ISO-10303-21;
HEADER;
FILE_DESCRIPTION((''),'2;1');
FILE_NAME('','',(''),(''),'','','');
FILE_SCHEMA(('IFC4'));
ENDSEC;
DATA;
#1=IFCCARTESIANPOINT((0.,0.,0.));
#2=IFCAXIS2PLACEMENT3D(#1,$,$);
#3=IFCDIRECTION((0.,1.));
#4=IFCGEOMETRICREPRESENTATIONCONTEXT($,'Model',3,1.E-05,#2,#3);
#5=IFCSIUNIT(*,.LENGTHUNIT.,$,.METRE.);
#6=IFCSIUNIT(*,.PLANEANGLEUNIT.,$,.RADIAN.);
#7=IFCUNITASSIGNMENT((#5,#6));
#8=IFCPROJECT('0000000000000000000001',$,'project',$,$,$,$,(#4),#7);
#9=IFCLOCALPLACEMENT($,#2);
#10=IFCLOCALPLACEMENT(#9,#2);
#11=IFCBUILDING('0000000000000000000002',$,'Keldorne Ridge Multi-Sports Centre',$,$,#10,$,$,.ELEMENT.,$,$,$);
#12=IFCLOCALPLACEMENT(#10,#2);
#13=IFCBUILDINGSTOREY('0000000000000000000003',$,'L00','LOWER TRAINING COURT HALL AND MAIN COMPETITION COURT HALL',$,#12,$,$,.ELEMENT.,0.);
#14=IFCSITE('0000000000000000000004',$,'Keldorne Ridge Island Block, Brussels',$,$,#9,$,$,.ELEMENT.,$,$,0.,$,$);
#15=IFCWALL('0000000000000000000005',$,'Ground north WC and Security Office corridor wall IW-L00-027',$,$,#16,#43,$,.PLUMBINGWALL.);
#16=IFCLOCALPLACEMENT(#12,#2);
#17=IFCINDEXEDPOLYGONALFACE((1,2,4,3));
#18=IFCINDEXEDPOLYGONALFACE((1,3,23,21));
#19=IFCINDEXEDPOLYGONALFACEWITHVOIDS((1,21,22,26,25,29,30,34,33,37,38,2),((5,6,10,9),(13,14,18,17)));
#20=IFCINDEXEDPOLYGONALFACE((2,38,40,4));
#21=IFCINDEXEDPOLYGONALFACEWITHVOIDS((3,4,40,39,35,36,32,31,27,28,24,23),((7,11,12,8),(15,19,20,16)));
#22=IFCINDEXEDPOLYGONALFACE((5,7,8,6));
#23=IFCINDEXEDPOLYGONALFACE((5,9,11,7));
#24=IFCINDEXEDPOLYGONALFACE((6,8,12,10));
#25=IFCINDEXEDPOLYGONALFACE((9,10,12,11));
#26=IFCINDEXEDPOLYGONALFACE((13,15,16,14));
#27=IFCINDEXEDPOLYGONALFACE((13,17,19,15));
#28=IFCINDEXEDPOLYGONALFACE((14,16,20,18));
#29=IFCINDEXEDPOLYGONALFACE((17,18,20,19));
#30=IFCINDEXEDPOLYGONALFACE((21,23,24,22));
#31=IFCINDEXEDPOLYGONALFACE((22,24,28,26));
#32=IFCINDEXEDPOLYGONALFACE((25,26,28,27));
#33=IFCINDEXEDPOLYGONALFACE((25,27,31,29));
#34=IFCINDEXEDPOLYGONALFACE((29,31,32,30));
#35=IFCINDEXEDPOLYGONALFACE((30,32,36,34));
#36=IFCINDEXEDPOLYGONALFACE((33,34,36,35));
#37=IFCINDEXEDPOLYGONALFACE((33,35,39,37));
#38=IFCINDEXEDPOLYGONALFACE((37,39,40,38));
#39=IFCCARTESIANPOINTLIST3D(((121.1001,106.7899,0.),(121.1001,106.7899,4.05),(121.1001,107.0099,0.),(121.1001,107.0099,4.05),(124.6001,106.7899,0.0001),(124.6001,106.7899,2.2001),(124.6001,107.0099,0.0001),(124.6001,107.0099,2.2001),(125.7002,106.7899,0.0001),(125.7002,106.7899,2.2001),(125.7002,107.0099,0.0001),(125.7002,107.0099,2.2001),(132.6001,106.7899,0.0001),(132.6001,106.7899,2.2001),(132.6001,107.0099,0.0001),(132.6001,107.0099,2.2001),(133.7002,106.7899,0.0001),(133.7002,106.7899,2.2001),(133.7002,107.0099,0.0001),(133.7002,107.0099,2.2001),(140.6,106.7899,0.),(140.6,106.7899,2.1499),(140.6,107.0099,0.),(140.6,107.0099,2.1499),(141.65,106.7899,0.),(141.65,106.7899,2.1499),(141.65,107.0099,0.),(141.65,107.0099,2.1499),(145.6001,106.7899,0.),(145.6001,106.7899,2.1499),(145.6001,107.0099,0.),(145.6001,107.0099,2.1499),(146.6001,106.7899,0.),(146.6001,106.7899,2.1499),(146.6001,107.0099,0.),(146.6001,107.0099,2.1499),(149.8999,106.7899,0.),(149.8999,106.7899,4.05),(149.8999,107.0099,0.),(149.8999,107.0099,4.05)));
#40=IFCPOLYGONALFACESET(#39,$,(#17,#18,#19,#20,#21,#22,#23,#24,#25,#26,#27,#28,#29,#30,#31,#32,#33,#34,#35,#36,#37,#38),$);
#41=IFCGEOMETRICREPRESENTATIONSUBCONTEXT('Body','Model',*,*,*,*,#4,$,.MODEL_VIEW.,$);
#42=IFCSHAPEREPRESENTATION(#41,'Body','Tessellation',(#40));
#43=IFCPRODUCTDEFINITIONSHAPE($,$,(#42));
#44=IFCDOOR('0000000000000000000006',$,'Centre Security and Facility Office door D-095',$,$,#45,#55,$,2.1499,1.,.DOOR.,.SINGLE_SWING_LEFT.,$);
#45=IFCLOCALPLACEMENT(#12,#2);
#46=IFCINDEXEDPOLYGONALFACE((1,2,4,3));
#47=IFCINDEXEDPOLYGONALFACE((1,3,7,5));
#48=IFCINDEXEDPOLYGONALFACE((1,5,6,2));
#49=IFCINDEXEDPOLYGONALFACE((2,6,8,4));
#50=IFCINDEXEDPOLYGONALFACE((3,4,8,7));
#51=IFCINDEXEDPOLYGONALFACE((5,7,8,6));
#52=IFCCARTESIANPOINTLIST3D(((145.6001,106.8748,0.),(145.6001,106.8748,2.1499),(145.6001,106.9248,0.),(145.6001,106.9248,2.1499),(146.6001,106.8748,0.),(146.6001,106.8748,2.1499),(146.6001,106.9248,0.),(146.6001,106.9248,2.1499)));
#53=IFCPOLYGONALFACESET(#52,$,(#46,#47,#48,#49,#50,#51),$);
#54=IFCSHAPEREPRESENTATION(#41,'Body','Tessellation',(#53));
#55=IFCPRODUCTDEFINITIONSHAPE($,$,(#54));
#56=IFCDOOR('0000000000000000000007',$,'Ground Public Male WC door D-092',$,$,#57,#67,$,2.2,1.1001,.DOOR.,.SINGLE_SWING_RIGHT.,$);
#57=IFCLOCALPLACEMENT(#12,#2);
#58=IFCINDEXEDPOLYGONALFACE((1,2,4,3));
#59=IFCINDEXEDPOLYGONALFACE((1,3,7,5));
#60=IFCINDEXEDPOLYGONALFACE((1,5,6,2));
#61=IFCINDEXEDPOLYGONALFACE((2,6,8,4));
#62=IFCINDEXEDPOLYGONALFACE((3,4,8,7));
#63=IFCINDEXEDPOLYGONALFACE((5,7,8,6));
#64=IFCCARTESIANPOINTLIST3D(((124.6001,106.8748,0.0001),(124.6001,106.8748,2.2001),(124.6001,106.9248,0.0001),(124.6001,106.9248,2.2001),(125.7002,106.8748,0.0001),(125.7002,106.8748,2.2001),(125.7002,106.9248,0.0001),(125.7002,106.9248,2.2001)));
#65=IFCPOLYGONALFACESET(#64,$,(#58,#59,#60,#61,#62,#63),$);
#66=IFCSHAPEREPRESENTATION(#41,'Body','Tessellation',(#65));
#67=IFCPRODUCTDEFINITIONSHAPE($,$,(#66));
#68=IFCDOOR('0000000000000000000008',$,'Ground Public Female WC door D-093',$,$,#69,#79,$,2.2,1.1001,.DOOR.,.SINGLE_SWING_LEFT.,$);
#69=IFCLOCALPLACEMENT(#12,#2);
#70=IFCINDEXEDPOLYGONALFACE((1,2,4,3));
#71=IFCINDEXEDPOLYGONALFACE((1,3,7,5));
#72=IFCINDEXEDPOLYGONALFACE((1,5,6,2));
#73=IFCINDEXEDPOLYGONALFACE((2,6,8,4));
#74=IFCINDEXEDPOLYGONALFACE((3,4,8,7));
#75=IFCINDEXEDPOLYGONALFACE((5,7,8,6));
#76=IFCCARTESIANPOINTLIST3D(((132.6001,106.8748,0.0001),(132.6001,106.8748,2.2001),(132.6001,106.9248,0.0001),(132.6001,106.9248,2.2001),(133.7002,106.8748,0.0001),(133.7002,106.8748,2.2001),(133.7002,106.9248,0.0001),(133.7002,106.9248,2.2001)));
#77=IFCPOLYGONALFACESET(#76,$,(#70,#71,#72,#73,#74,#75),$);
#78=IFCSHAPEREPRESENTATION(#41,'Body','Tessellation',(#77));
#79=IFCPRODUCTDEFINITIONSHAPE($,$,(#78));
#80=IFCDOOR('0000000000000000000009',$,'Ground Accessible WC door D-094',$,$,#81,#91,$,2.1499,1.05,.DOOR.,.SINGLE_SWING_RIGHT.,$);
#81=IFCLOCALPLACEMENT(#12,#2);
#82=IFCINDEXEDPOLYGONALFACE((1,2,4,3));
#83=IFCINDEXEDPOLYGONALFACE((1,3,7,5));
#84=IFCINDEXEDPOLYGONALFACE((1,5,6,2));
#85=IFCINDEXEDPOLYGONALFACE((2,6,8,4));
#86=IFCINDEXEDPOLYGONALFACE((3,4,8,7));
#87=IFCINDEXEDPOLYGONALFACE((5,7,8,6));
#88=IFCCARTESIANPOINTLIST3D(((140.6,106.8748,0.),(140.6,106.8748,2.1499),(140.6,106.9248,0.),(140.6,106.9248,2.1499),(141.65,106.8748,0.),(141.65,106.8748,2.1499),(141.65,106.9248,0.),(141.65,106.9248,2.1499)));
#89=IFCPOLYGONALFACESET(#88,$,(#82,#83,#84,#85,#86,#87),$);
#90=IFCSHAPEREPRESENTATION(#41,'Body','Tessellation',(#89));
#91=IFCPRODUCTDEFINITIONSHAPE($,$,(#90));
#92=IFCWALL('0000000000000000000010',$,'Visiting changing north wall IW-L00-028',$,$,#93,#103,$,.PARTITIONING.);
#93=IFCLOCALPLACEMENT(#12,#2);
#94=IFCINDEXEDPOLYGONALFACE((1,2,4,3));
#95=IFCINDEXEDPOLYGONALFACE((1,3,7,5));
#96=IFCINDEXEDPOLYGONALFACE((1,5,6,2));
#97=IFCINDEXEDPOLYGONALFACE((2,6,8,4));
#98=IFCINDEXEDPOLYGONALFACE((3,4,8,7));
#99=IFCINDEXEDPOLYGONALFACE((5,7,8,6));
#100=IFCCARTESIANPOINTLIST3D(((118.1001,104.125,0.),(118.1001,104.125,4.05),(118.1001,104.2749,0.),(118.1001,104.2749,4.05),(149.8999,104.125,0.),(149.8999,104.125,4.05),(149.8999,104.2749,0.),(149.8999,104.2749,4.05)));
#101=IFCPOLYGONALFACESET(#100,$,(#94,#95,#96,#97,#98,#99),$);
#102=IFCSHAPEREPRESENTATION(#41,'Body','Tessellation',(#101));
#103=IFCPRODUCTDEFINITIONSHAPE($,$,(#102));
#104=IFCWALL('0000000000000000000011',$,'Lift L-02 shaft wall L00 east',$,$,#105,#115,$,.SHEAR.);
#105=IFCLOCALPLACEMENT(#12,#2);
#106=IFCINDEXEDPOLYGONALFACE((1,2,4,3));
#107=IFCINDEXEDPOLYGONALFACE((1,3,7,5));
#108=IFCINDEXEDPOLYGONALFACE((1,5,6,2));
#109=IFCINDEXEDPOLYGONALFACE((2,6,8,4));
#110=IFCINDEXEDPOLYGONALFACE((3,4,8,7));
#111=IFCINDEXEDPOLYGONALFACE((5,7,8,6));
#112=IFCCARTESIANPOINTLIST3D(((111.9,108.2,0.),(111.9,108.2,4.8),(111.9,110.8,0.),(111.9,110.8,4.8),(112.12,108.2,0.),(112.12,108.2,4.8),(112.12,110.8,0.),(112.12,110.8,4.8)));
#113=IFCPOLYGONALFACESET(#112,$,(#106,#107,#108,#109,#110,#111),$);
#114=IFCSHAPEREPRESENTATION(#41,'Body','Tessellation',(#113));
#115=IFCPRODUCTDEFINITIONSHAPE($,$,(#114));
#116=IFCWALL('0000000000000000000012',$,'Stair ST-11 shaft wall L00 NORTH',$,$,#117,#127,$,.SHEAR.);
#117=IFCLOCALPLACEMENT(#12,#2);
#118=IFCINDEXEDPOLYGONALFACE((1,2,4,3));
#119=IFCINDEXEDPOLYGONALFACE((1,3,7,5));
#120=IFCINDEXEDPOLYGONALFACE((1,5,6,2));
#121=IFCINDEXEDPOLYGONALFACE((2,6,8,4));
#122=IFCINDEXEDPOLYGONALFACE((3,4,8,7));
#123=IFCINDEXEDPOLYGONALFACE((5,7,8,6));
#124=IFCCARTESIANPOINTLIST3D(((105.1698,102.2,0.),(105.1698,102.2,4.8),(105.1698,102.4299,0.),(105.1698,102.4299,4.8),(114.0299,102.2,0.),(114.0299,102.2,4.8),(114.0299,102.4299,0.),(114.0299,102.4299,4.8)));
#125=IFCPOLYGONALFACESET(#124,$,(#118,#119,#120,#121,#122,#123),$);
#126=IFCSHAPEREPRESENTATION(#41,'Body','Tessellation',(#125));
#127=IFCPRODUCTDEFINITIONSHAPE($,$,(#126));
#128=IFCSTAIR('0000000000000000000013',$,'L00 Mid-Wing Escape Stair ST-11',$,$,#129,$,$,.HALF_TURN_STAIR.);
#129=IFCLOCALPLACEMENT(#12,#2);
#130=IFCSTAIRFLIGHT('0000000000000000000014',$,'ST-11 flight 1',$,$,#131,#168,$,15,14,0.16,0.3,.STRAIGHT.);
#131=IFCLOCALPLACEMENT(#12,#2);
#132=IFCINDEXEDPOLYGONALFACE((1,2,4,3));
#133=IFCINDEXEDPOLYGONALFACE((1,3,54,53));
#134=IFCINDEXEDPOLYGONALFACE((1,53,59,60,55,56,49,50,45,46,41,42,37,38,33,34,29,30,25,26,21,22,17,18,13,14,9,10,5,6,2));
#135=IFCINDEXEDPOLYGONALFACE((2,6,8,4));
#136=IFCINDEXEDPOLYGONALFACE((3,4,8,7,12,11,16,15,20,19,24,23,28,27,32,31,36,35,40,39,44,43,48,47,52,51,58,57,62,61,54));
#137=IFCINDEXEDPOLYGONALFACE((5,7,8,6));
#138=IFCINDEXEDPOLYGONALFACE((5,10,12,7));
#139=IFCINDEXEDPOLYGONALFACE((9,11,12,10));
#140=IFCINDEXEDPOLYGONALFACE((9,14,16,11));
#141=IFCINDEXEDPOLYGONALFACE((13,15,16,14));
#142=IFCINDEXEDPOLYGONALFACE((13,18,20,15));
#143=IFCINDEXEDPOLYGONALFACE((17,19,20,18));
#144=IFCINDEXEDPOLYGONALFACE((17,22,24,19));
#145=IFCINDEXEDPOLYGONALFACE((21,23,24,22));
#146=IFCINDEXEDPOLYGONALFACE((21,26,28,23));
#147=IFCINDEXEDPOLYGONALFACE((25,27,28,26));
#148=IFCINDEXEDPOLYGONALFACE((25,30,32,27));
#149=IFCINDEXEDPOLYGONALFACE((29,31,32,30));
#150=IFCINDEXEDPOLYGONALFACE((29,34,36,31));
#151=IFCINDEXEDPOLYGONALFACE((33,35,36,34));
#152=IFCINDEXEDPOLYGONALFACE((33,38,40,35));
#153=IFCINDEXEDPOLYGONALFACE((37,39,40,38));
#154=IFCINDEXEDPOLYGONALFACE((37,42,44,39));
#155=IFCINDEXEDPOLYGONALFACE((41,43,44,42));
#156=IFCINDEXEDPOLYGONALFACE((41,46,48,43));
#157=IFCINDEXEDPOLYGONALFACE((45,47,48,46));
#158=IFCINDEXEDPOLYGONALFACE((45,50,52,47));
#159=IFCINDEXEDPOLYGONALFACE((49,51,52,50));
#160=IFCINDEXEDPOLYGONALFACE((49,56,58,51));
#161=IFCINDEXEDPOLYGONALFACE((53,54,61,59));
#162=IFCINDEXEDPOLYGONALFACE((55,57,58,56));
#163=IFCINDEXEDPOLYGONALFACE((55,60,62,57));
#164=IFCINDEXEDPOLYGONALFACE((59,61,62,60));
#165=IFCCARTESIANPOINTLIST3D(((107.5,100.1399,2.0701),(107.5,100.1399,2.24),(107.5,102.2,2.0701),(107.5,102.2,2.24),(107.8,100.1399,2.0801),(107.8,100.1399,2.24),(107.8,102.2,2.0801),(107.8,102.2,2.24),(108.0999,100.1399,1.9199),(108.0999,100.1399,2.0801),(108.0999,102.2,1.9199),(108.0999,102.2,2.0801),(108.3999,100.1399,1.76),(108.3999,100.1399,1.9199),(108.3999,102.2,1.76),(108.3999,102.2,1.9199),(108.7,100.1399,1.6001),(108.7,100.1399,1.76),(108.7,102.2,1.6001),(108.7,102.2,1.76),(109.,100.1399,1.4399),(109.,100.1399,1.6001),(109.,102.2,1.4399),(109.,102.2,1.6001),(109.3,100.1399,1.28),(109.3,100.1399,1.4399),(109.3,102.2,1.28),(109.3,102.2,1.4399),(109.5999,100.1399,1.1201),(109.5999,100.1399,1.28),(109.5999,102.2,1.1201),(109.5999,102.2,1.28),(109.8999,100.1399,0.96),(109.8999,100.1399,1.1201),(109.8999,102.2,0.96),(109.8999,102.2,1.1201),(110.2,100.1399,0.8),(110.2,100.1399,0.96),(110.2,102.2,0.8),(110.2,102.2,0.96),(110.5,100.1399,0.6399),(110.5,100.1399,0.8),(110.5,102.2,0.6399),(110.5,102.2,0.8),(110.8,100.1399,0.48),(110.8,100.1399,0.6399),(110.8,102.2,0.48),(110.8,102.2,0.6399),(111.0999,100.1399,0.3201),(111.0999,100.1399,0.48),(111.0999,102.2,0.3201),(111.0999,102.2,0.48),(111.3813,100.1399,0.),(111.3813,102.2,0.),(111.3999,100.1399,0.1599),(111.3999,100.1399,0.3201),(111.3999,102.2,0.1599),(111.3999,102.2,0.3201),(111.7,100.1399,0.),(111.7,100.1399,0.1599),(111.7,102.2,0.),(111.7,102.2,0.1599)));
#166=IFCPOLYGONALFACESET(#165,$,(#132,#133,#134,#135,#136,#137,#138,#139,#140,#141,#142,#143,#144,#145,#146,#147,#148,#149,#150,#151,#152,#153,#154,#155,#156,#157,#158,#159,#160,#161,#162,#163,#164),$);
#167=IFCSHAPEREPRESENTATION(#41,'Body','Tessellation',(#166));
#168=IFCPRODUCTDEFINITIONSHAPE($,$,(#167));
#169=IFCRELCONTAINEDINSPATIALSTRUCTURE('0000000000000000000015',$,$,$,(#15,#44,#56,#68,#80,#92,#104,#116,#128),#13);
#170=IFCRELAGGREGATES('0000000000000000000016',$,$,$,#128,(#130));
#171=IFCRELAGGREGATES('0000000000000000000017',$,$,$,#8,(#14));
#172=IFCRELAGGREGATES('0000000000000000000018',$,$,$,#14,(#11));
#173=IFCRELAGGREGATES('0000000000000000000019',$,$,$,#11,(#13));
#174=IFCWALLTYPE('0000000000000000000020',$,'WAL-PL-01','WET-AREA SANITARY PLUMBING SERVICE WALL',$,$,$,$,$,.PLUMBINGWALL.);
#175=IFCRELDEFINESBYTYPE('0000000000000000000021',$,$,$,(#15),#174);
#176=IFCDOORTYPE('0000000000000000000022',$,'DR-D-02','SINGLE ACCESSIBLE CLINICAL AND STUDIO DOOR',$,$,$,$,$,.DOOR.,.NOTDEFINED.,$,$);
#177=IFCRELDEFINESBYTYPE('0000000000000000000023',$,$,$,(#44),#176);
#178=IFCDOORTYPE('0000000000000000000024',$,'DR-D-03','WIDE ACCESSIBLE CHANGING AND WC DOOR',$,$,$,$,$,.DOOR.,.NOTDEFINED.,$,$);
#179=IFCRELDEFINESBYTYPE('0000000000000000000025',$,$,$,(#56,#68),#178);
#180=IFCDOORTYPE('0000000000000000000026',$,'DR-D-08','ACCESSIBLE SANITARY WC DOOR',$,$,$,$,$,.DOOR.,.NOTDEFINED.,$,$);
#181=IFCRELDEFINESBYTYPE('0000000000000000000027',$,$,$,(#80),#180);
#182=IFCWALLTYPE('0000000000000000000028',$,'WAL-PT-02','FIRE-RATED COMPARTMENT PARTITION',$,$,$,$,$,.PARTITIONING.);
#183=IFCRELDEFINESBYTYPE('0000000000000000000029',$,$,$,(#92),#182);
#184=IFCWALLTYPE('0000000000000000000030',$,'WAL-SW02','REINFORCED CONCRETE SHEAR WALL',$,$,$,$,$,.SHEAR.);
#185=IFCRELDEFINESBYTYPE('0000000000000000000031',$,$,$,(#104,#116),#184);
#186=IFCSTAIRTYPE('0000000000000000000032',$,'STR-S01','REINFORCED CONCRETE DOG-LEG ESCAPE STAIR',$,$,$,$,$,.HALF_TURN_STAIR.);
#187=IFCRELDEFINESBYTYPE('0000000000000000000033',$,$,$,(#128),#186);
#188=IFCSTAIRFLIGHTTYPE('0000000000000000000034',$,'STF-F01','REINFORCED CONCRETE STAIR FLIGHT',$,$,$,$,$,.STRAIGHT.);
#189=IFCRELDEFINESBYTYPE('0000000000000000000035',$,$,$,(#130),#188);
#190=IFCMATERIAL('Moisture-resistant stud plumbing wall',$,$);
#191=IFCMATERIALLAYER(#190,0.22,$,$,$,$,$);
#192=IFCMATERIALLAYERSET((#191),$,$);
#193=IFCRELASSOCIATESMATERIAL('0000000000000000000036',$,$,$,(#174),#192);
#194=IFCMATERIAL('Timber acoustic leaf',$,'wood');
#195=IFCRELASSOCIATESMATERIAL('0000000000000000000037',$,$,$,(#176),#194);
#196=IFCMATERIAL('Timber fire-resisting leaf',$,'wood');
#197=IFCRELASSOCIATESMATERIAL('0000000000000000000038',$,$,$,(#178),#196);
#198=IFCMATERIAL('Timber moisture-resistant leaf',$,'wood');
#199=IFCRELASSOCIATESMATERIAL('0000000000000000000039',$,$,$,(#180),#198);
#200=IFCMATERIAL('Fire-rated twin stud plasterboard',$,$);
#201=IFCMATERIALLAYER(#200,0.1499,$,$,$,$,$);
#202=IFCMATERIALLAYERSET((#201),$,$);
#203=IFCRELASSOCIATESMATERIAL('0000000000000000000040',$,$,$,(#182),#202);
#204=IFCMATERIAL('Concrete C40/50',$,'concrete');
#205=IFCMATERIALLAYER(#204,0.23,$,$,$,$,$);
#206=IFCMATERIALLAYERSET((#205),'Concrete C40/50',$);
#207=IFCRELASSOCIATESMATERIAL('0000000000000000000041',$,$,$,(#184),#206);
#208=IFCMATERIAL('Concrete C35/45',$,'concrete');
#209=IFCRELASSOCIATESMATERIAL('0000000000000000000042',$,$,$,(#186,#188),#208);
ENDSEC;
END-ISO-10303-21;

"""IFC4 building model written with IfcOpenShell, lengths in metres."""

from ifc_helpers import new_model, si_unit, direction, frame, frame_2d, origin, place, context, subcontext, project, spatial, polyline, rectangle, outline, extrude, material, layer, layer_set, type_object, element, fill, aggregate, save


model = new_model("IFC4")

# Units and contexts
model_context = context("Model", 3, precision=1e-05, world=origin(), true_north=direction((0.0, 1.0)))
body_context = subcontext(model_context, "Body", "Model", "MODEL_VIEW")
ifc_project = project(units=[si_unit("LENGTHUNIT", "METRE"), si_unit("PLANEANGLEUNIT", "RADIAN")], contexts=[model_context])

# Site, building, storey
site_placement = place(None, origin())
site = spatial("IfcSite", under=ifc_project, at=site_placement, Name="Keldorne Ridge Island Block, Brussels", CompositionType="ELEMENT", RefElevation=0.0)
building_placement = place(site_placement, origin())
building = spatial("IfcBuilding", under=site, at=building_placement, Name="Keldorne Ridge Multi-Sports Centre", CompositionType="ELEMENT")
storey_placement = place(building_placement, origin())
storey = spatial("IfcBuildingStorey", under=building, at=storey_placement, Name="L00", Description="LOWER TRAINING COURT HALL AND MAIN COMPETITION COURT HALL", CompositionType="ELEMENT", Elevation=0.0)

# Wall, openings, doors
ifc_material_1 = material(Name="Moisture-resistant stud plumbing wall")
ifc_layer_1 = layer(ifc_material_1, 0.22)
ifc_layer_set_1 = layer_set([ifc_layer_1])
wall_type_1 = type_object("IfcWallType", Name="WAL-PL-01", Description="WET-AREA SANITARY PLUMBING SERVICE WALL", PredefinedType="PLUMBINGWALL", material=ifc_layer_set_1)
wall_1_placement = place(storey_placement, frame((121.1001, 106.8999, 0.0), z_axis=(0.0, 0.0, 1.0), x_axis=(1.0, 0.0, 0.0)))
wall_1 = element("IfcWall", 1, at=wall_1_placement, inside=storey, type_object=wall_type_1, Name="Ground north WC and Security Office corridor wall IW-L00-027", PredefinedType="PLUMBINGWALL", context=body_context, shape_type="SweptSolid", body=[
    extrude(rectangle(XDim=28.7998, YDim=0.22, at=frame_2d((14.3999, 0.0))), origin(), (0.0, 0.0, 1.0), 4.05),
])
opening_1_placement = place(wall_1_placement, frame((3.5, 0.0, 0.0)))
opening_1 = element("IfcOpeningElement", 2, at=opening_1_placement, cuts=wall_1, PredefinedType="OPENING", context=body_context, shape_type="SweptSolid", body=[
    extrude(rectangle(XDim=1.1001, YDim=2.2, at=frame_2d((0.55, 1.1001))), frame((0.0, 0.1201, 0.0), z_axis=(0.0, -1.0, 0.0), x_axis=(1.0, 0.0, 0.0)), (0.0, 0.0, 1.0), 0.24),
])
opening_2_placement = place(wall_1_placement, frame((11.5, 0.0, 0.0)))
opening_2 = element("IfcOpeningElement", 3, at=opening_2_placement, cuts=wall_1, PredefinedType="OPENING", context=body_context, shape_type="SweptSolid", body=[
    extrude(rectangle(XDim=1.1001, YDim=2.2, at=frame_2d((0.55, 1.1001))), frame((0.0, 0.1201, 0.0), z_axis=(0.0, -1.0, 0.0), x_axis=(1.0, 0.0, 0.0)), (0.0, 0.0, 1.0), 0.24),
])
opening_3_placement = place(wall_1_placement, frame((19.5, 0.0, 0.0)))
opening_3 = element("IfcOpeningElement", 4, at=opening_3_placement, cuts=wall_1, PredefinedType="OPENING", context=body_context, shape_type="SweptSolid", body=[
    extrude(rectangle(XDim=1.05, YDim=2.1499, at=frame_2d((0.5249, 1.075))), frame((0.0, 0.1201, 0.0), z_axis=(0.0, -1.0, 0.0), x_axis=(1.0, 0.0, 0.0)), (0.0, 0.0, 1.0), 0.24),
])
opening_4_placement = place(wall_1_placement, frame((24.5, 0.0, 0.0)))
opening_4 = element("IfcOpeningElement", 5, at=opening_4_placement, cuts=wall_1, PredefinedType="OPENING", context=body_context, shape_type="SweptSolid", body=[
    extrude(rectangle(XDim=1.0, YDim=2.1499, at=frame_2d((0.5, 1.075))), frame((0.0, 0.1201, 0.0), z_axis=(0.0, -1.0, 0.0), x_axis=(1.0, 0.0, 0.0)), (0.0, 0.0, 1.0), 0.24),
])
ifc_material_2 = material(Name="Timber acoustic leaf", Category="wood")
door_type_1 = type_object("IfcDoorType", Name="DR-D-02", Description="SINGLE ACCESSIBLE CLINICAL AND STUDIO DOOR", OperationType="NOTDEFINED", PredefinedType="DOOR", material=ifc_material_2)
door_1_placement = place(opening_4_placement, origin())
door_1 = element("IfcDoor", 6, at=door_1_placement, inside=storey, type_object=door_type_1, Name="Centre Security and Facility Office door D-095", OperationType="SINGLE_SWING_LEFT", OverallHeight=2.1499, OverallWidth=1.0, PredefinedType="DOOR", context=body_context, shape_type="SweptSolid", body=[
    extrude(rectangle(XDim=1.0, YDim=2.1499, at=frame_2d((0.5, 1.075))), frame((0.0, 0.0249, 0.0), z_axis=(0.0, -1.0, 0.0), x_axis=(1.0, 0.0, 0.0)), (0.0, 0.0, 1.0), 0.05),
])
fill(opening_4, door_1)
ifc_material_3 = material(Name="Timber fire-resisting leaf", Category="wood")
door_type_2 = type_object("IfcDoorType", Name="DR-D-03", Description="WIDE ACCESSIBLE CHANGING AND WC DOOR", OperationType="NOTDEFINED", PredefinedType="DOOR", material=ifc_material_3)
door_2_placement = place(opening_1_placement, origin())
door_2 = element("IfcDoor", 7, at=door_2_placement, inside=storey, type_object=door_type_2, Name="Ground Public Male WC door D-092", OperationType="SINGLE_SWING_RIGHT", OverallHeight=2.2, OverallWidth=1.1001, PredefinedType="DOOR", context=body_context, shape_type="SweptSolid", body=[
    extrude(rectangle(XDim=1.1001, YDim=2.2, at=frame_2d((0.55, 1.1001))), frame((0.0, 0.0249, 0.0), z_axis=(0.0, -1.0, 0.0), x_axis=(1.0, 0.0, 0.0)), (0.0, 0.0, 1.0), 0.05),
])
fill(opening_1, door_2)
door_3_placement = place(opening_2_placement, origin())
door_3 = element("IfcDoor", 8, at=door_3_placement, inside=storey, type_object=door_type_2, Name="Ground Public Female WC door D-093", OperationType="SINGLE_SWING_LEFT", OverallHeight=2.2, OverallWidth=1.1001, PredefinedType="DOOR", context=body_context, shape_type="SweptSolid", body=[
    extrude(rectangle(XDim=1.1001, YDim=2.2, at=frame_2d((0.55, 1.1001))), frame((0.0, 0.0249, 0.0), z_axis=(0.0, -1.0, 0.0), x_axis=(1.0, 0.0, 0.0)), (0.0, 0.0, 1.0), 0.05),
])
fill(opening_2, door_3)
ifc_material_4 = material(Name="Timber moisture-resistant leaf", Category="wood")
door_type_3 = type_object("IfcDoorType", Name="DR-D-08", Description="ACCESSIBLE SANITARY WC DOOR", OperationType="NOTDEFINED", PredefinedType="DOOR", material=ifc_material_4)
door_4_placement = place(opening_3_placement, origin())
door_4 = element("IfcDoor", 9, at=door_4_placement, inside=storey, type_object=door_type_3, Name="Ground Accessible WC door D-094", OperationType="SINGLE_SWING_RIGHT", OverallHeight=2.1499, OverallWidth=1.05, PredefinedType="DOOR", context=body_context, shape_type="SweptSolid", body=[
    extrude(rectangle(XDim=1.05, YDim=2.1499, at=frame_2d((0.5249, 1.075))), frame((0.0, 0.0249, 0.0), z_axis=(0.0, -1.0, 0.0), x_axis=(1.0, 0.0, 0.0)), (0.0, 0.0, 1.0), 0.05),
])
fill(opening_3, door_4)

# Walls
ifc_material_5 = material(Name="Fire-rated twin stud plasterboard")
ifc_layer_2 = layer(ifc_material_5, 0.1499)
ifc_layer_set_2 = layer_set([ifc_layer_2])
wall_type_2 = type_object("IfcWallType", Name="WAL-PT-02", Description="FIRE-RATED COMPARTMENT PARTITION", PredefinedType="PARTITIONING", material=ifc_layer_set_2)
wall_2_placement = place(storey_placement, frame((118.1001, 104.2, 0.0), z_axis=(0.0, 0.0, 1.0), x_axis=(1.0, 0.0, 0.0)))
element("IfcWall", 10, at=wall_2_placement, inside=storey, type_object=wall_type_2, Name="Visiting changing north wall IW-L00-028", PredefinedType="PARTITIONING", context=body_context, shape_type="SweptSolid", body=[
    extrude(rectangle(XDim=31.7998, YDim=0.1499, at=frame_2d((15.8999, 0.0))), origin(), (0.0, 0.0, 1.0), 4.05),
])
ifc_material_6 = material(Name="Concrete C40/50", Category="concrete")
ifc_layer_3 = layer(ifc_material_6, 0.23)
ifc_layer_set_3 = layer_set([ifc_layer_3], Name="Concrete C40/50")
wall_type_3 = type_object("IfcWallType", Name="WAL-SW02", Description="REINFORCED CONCRETE SHEAR WALL", PredefinedType="SHEAR", material=ifc_layer_set_3)
wall_3_placement = place(storey_placement, frame((112.01, 108.2, 0.0), z_axis=(0.0, 0.0, 1.0), x_axis=(0.0, 1.0, 0.0)))
element("IfcWall", 11, at=wall_3_placement, inside=storey, type_object=wall_type_3, Name="Lift L-02 shaft wall L00 east", PredefinedType="SHEAR", context=body_context, shape_type="SweptSolid", body=[
    extrude(rectangle(XDim=2.6001, YDim=0.22, at=frame_2d((1.3, 0.0))), origin(), (0.0, 0.0, 1.0), 4.8),
])
wall_4_placement = place(storey_placement, frame((114.03, 102.3149, 0.0), z_axis=(0.0, 0.0, 1.0), x_axis=(-1.0, 0.0, 0.0)))
element("IfcWall", 12, at=wall_4_placement, inside=storey, type_object=wall_type_3, Name="Stair ST-11 shaft wall L00 NORTH", PredefinedType="SHEAR", context=body_context, shape_type="SweptSolid", body=[
    extrude(rectangle(XDim=8.8601, YDim=0.23, at=frame_2d((4.4302, 0.0))), origin(), (0.0, 0.0, 1.0), 4.8),
])

# Stair, stair flight
ifc_material_7 = material(Name="Concrete C35/45", Category="concrete")
stair_type = type_object("IfcStairType", Name="STR-S01", Description="REINFORCED CONCRETE DOG-LEG ESCAPE STAIR", PredefinedType="HALF_TURN_STAIR", material=ifc_material_7)
stair_placement = place(storey_placement, origin())
stair = element("IfcStair", 13, at=stair_placement, inside=storey, type_object=stair_type, Name="L00 Mid-Wing Escape Stair ST-11", PredefinedType="HALF_TURN_STAIR")
stair_flight_type = type_object("IfcStairFlightType", Name="STF-F01", Description="REINFORCED CONCRETE STAIR FLIGHT", PredefinedType="STRAIGHT", material=ifc_material_7)
stair_flight_placement = place(storey_placement, frame((111.7, 101.1699, 0.0), z_axis=(0.0, 0.0, 1.0), x_axis=(-1.0, 0.0, 0.0)))
stair_flight = element("IfcStairFlight", 14, at=stair_flight_placement, type_object=stair_flight_type, Name="ST-11 flight 1", NumberOfRisers=15, NumberOfTreads=14, PredefinedType="STRAIGHT", RiserHeight=0.16, TreadLength=0.3, context=body_context, shape_type="SweptSolid", body=[
    extrude(outline(polyline([(0.0, 0.0), (0.0, 0.1599), (0.3, 0.1599), (0.3, 0.3201), (0.6001, 0.3201), (0.6001, 0.48), (0.8999, 0.48), (0.8999, 0.6399), (1.2, 0.6399), (1.2, 0.8), (1.5, 0.8), (1.5, 0.96), (1.8, 0.96), (1.8, 1.1201), (2.1001, 1.1201), (2.1001, 1.28), (2.3999, 1.28), (2.3999, 1.4399), (2.7, 1.4399), (2.7, 1.6001), (3.0, 1.6001), (3.0, 1.76), (3.3, 1.76), (3.3, 1.9199), (3.6001, 1.9199), (3.6001, 2.0801), (3.8999, 2.0801), (3.8999, 2.24), (4.2, 2.24), (4.2, 2.3999), (4.2, 2.0701), (0.3186, 0.0), (0.0, 0.0)])), frame((0.0, 1.03, 0.0), z_axis=(0.0, -1.0, 0.0), x_axis=(1.0, 0.0, 0.0)), (0.0, 0.0, 1.0), 2.0601),
])
aggregate(stair, [stair_flight])

save(model, "model.ifc")
